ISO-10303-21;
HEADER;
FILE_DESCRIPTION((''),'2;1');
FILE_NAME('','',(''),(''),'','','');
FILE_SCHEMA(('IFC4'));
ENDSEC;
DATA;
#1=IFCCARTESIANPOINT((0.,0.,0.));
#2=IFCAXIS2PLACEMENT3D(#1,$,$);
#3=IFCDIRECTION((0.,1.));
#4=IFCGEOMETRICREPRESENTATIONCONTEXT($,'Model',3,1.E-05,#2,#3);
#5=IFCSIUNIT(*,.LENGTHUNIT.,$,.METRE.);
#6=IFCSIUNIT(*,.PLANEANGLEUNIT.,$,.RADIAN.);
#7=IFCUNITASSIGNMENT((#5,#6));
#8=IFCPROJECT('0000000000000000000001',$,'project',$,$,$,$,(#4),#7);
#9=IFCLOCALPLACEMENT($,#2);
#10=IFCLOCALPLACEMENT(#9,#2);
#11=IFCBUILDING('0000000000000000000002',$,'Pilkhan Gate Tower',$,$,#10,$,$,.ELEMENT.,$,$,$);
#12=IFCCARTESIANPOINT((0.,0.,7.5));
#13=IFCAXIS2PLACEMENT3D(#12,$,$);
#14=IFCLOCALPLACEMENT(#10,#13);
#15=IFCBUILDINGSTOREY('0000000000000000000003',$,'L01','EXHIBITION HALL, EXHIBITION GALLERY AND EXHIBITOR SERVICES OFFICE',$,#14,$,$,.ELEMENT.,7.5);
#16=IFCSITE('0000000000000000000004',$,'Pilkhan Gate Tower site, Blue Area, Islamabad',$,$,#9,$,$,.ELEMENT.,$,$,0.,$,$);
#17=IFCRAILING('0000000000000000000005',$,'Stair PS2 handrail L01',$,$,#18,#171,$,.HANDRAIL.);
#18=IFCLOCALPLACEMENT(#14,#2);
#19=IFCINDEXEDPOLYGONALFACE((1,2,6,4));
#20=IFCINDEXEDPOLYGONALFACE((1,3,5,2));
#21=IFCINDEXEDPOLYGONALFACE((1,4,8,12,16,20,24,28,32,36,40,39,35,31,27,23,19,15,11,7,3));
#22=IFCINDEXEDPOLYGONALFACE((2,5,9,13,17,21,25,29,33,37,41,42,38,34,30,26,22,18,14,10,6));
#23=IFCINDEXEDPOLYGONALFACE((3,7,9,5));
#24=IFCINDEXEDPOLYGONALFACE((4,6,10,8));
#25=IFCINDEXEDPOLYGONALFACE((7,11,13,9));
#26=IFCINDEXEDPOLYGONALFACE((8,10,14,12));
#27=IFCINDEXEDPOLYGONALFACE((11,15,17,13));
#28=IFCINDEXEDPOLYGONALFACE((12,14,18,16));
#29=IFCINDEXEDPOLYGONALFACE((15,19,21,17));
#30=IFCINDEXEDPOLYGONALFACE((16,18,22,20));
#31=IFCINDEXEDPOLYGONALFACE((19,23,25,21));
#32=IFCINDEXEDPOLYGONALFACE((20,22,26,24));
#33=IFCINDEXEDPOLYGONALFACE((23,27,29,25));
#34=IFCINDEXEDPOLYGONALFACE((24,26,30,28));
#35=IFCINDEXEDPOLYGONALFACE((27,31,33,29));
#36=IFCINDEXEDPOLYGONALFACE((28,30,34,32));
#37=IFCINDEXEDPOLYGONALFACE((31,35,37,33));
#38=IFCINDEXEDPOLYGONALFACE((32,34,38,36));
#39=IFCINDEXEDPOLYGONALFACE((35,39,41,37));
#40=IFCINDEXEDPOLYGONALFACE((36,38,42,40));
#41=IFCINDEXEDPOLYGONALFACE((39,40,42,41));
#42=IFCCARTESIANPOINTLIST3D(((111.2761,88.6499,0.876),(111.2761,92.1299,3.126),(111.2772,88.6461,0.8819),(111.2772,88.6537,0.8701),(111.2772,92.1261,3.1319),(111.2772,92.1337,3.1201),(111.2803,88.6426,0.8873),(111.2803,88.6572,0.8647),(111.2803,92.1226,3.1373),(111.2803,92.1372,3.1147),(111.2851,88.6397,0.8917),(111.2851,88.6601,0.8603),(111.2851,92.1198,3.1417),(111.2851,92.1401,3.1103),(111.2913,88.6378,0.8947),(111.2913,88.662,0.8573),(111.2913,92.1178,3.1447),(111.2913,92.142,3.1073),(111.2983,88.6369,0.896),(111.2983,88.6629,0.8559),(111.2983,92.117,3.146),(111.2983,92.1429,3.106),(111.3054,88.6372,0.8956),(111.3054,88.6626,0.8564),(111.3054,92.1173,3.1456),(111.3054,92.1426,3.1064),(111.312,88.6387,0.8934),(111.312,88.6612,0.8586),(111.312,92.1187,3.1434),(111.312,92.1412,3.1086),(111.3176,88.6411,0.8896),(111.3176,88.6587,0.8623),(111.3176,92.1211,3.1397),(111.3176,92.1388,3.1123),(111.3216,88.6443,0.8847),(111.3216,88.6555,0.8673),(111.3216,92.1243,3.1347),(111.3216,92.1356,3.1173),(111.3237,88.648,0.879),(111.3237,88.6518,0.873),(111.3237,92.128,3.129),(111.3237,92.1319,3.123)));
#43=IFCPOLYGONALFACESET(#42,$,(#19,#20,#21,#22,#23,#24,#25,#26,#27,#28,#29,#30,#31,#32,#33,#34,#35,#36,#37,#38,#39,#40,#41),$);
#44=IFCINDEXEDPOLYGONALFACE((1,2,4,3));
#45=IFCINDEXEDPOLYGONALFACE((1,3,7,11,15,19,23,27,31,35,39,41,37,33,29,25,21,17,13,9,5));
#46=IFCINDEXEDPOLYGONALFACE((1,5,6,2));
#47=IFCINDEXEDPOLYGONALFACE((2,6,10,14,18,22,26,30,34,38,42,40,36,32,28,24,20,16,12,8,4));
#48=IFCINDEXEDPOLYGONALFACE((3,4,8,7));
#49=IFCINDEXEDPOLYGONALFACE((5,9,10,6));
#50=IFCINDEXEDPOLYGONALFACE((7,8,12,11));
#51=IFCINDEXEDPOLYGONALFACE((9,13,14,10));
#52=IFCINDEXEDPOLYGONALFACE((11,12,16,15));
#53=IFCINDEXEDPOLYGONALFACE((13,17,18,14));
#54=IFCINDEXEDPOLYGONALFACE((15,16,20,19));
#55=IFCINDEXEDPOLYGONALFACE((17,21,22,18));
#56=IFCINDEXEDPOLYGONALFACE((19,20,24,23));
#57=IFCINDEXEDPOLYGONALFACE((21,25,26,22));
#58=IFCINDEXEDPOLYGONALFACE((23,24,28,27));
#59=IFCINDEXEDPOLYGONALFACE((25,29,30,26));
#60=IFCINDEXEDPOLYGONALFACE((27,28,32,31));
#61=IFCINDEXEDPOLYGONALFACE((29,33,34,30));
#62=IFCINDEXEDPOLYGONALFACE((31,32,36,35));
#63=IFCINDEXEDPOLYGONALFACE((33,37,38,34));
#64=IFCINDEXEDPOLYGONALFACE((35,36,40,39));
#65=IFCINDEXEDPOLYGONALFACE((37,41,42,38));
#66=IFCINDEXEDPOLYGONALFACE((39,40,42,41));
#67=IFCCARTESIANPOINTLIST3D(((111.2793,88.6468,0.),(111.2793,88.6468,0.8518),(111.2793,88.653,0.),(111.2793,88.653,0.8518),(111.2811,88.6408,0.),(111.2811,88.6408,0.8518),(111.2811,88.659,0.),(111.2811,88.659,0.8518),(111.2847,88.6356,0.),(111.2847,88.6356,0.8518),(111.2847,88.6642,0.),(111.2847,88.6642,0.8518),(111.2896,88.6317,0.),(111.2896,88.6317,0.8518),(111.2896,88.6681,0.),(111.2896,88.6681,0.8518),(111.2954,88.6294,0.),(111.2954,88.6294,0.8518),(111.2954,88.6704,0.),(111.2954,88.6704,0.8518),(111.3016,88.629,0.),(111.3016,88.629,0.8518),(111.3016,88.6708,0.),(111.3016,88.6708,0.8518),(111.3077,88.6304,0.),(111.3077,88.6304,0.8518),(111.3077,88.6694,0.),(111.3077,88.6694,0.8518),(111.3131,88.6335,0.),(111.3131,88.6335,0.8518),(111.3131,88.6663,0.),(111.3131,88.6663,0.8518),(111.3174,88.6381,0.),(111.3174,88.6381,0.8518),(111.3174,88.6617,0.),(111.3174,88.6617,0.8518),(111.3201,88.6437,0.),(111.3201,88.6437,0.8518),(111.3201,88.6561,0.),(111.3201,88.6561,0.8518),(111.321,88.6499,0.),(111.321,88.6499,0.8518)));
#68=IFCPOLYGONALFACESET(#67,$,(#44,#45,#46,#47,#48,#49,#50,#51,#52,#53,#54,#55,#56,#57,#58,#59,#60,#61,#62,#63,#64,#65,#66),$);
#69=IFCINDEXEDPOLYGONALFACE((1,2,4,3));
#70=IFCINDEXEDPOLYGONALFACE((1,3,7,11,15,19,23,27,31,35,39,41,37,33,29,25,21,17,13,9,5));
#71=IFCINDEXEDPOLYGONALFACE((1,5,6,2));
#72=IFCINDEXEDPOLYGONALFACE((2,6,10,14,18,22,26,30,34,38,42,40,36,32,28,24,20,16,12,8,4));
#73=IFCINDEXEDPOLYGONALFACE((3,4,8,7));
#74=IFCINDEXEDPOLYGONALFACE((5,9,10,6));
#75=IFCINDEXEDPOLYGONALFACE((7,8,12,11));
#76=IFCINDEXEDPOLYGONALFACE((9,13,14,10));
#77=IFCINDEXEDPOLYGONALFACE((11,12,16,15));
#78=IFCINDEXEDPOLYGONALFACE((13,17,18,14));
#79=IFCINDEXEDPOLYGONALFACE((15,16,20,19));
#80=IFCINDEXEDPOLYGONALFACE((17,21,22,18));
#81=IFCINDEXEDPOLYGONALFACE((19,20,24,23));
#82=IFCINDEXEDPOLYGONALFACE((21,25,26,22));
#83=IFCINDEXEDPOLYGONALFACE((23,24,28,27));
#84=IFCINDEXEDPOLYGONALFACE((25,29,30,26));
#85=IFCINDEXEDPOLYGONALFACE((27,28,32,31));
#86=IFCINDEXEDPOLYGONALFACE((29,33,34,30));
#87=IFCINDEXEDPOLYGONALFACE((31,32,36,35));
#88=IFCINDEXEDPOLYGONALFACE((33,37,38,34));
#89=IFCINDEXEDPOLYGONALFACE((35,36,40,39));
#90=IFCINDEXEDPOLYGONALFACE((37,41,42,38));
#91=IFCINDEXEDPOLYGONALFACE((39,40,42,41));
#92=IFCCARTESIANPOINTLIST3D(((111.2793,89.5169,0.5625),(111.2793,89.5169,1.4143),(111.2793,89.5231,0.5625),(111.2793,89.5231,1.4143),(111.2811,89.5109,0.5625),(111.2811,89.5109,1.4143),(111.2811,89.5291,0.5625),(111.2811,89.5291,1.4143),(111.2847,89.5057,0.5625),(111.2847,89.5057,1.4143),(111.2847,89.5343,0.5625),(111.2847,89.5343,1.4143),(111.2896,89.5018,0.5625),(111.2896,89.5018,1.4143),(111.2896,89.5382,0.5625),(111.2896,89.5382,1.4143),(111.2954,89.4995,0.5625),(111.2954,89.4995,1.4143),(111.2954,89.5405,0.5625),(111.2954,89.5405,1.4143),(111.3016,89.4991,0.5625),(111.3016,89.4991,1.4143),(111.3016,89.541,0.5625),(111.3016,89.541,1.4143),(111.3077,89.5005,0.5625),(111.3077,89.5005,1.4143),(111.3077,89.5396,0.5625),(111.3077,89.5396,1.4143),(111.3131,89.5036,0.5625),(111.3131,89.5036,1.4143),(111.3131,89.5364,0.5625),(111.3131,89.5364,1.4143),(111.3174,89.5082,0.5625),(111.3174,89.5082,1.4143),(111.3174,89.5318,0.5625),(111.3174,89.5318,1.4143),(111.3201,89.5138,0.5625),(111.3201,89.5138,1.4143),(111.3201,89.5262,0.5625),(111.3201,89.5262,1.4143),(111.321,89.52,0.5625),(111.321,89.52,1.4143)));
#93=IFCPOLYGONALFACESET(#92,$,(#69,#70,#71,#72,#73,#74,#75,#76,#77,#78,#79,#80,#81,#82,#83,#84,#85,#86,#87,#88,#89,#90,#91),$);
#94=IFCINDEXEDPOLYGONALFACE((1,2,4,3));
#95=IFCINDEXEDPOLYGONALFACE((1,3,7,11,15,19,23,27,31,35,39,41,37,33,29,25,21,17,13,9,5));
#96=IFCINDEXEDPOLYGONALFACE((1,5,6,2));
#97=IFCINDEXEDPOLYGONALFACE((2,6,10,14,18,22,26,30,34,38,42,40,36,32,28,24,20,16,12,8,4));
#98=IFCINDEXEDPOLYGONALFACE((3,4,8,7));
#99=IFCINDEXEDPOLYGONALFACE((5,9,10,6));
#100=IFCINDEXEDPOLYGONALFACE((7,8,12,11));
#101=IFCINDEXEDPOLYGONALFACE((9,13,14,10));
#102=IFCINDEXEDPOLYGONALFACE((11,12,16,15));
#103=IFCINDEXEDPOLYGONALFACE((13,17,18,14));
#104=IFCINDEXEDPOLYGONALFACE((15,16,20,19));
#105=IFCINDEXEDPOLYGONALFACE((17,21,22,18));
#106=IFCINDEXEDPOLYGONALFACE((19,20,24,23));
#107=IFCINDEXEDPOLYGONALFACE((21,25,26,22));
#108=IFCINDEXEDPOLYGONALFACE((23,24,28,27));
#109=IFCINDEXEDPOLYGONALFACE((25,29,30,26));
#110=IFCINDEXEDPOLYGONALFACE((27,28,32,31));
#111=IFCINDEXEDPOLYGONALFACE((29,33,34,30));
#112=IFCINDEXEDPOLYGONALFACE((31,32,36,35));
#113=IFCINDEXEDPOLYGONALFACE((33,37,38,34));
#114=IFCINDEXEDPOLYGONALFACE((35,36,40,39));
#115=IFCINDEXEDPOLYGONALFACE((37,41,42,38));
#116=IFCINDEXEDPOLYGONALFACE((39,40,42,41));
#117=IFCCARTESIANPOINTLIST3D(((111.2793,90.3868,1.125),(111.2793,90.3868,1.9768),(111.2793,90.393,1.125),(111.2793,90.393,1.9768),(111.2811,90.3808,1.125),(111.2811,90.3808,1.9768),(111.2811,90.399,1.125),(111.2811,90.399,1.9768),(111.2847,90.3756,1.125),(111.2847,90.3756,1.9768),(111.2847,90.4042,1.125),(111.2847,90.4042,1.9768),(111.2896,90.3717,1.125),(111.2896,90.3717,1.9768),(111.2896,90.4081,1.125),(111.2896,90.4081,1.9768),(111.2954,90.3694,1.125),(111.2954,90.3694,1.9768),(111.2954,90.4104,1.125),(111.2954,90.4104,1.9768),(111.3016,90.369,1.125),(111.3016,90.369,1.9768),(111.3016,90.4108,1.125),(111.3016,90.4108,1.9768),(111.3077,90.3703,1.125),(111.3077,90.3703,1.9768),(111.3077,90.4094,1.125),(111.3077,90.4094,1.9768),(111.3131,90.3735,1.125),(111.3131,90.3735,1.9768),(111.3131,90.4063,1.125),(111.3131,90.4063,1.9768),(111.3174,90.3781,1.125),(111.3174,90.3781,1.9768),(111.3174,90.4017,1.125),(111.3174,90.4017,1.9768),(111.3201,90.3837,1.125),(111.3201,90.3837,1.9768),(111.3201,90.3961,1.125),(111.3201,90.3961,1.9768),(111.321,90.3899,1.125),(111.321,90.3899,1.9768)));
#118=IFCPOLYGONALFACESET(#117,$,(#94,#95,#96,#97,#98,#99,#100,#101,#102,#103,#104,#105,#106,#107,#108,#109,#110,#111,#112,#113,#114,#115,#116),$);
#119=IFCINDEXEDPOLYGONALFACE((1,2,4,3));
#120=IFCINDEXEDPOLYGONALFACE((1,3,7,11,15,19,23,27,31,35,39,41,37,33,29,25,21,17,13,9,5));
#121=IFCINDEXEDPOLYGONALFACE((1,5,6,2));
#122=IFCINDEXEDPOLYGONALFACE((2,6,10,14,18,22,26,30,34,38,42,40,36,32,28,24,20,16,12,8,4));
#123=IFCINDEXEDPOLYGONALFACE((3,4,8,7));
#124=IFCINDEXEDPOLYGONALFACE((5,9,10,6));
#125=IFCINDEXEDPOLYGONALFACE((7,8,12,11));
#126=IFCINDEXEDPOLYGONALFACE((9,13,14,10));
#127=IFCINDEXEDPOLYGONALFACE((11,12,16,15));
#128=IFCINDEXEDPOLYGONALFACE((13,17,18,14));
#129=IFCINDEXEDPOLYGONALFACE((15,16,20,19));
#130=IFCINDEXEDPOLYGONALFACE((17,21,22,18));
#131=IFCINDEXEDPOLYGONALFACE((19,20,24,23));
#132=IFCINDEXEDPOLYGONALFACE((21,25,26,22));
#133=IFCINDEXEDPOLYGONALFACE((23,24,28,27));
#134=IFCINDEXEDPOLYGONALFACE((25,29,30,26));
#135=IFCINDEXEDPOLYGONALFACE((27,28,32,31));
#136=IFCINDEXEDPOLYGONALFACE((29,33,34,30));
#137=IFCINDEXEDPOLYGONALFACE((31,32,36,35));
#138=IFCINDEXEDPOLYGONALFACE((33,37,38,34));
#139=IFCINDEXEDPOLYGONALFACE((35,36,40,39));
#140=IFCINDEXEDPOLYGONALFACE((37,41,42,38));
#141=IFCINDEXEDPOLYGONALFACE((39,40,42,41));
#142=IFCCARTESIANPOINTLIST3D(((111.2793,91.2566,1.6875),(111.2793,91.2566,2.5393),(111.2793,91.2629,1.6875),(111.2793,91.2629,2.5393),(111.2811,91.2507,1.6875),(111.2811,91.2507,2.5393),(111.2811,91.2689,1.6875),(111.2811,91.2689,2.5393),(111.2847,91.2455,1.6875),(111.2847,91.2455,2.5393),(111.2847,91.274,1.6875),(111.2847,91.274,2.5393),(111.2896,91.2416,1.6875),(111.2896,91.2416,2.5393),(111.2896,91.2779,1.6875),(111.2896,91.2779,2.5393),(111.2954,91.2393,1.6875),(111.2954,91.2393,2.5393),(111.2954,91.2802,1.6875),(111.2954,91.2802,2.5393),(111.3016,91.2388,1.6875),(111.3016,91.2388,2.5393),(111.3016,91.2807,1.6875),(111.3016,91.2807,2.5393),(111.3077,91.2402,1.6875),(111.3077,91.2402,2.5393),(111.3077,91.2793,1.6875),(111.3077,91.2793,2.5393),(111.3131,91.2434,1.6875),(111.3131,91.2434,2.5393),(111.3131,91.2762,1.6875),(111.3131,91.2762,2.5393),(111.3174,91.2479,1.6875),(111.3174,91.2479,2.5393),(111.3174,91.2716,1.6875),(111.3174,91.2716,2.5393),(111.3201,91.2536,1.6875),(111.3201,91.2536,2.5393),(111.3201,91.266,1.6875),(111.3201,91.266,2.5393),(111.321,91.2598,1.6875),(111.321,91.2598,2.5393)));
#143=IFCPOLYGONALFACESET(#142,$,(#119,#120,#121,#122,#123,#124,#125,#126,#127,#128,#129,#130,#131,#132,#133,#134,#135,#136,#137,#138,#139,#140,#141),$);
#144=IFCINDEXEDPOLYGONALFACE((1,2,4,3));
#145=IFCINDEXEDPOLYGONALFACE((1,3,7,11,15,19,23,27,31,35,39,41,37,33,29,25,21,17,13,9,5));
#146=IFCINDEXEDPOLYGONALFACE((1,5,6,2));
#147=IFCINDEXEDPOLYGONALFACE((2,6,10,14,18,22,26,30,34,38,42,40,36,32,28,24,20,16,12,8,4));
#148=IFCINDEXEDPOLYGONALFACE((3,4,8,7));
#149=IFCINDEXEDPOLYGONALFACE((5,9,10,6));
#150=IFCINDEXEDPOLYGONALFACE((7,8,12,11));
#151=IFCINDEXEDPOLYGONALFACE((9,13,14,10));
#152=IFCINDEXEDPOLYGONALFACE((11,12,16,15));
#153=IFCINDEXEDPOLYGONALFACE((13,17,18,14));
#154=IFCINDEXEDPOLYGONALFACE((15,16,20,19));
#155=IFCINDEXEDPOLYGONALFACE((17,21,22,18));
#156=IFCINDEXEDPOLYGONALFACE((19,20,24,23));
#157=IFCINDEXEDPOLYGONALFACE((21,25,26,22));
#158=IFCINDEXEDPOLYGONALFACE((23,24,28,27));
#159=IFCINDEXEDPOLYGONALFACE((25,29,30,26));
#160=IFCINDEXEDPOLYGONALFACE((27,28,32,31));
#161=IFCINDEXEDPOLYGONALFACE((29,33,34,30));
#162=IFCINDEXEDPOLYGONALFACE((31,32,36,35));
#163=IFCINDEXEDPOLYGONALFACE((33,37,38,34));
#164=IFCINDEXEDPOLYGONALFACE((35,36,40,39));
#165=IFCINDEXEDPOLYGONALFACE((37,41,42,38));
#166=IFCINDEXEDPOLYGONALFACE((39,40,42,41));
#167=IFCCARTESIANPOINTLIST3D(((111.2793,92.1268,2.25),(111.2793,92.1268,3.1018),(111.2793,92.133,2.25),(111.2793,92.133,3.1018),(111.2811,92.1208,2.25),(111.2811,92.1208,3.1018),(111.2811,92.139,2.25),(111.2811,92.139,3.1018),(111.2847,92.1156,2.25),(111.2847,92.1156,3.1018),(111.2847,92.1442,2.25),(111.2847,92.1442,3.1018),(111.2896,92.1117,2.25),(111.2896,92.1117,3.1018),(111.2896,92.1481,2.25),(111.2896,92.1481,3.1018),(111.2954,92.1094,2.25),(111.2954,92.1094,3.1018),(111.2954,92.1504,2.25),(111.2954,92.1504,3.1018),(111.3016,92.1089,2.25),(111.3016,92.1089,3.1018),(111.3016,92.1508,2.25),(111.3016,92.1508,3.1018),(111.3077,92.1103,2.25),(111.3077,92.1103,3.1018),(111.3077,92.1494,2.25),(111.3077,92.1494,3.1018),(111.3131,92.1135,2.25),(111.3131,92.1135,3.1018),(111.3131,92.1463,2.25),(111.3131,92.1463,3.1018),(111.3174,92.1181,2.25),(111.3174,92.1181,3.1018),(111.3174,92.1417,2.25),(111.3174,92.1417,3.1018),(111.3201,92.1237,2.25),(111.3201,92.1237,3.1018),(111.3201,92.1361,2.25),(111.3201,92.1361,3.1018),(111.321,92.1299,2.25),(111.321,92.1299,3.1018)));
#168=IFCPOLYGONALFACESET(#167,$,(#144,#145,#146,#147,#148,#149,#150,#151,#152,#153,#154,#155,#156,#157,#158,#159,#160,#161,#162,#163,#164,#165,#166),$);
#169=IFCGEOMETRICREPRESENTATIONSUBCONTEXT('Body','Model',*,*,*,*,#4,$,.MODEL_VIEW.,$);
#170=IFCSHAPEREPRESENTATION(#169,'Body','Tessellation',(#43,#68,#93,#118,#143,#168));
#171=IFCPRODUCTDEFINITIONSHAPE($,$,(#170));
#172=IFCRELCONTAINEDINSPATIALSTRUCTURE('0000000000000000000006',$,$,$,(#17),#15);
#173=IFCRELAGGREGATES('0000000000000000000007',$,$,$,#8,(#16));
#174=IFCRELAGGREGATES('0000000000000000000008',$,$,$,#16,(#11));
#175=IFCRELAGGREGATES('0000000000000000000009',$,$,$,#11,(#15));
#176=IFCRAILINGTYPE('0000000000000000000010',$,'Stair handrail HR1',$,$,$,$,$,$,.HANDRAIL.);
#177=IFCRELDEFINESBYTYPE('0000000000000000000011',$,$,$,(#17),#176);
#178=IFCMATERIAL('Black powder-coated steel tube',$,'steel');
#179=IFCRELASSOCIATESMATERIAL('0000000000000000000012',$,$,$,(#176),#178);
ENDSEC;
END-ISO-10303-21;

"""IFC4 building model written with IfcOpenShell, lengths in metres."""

from ifc_helpers import new_model, si_unit, direction, frame, origin, origin_2d, place, context, subcontext, project, spatial, circle, extrude, material, type_object, element, save


model = new_model("IFC4")

# Units and contexts
model_context = context("Model", 3, precision=1e-05, world=origin(), true_north=direction((0.0, 1.0)))
body_context = subcontext(model_context, "Body", "Model", "MODEL_VIEW")
ifc_project = project(units=[si_unit("LENGTHUNIT", "METRE"), si_unit("PLANEANGLEUNIT", "RADIAN")], contexts=[model_context])

# Site, building, storey
site_placement = place(None, origin())
site = spatial("IfcSite", under=ifc_project, at=site_placement, Name="Pilkhan Gate Tower site, Blue Area, Islamabad", CompositionType="ELEMENT", RefElevation=0.0)
building_placement = place(site_placement, origin())
building = spatial("IfcBuilding", under=site, at=building_placement, Name="Pilkhan Gate Tower", CompositionType="ELEMENT")
storey_placement = place(building_placement, frame((0.0, 0.0, 7.5)))
storey = spatial("IfcBuildingStorey", under=building, at=storey_placement, Name="L01", Description="EXHIBITION HALL, EXHIBITION GALLERY AND EXHIBITOR SERVICES OFFICE", CompositionType="ELEMENT", Elevation=7.5)

# Railing
ifc_material_1 = material(Name="Black powder-coated steel tube", Category="steel")
railing_type_1 = type_object("IfcRailingType", Name="Stair handrail HR1", PredefinedType="HANDRAIL", material=ifc_material_1)
railing_1_placement = place(storey_placement, frame((111.3, 88.6499, 0.0)))
element("IfcRailing", 1, at=railing_1_placement, inside=storey, type_object=railing_type_1, Name="Stair PS2 handrail L01", PredefinedType="HANDRAIL", context=body_context, shape_type="SweptSolid", body=[
    extrude(circle(Radius=0.0239, at=origin_2d()), frame((0.0, 0.0, 0.876), z_axis=(0.0, 0.839763, 0.542953), x_axis=(-1.0, 0.0, 0.0)), (0.0, 0.0, 1.0), 4.144),
    extrude(circle(Radius=0.021, at=origin_2d()), origin(), (0.0, 0.0, 1.0), 0.8518),
    extrude(circle(Radius=0.021, at=origin_2d()), frame((0.0, 0.8701, 0.5625)), (0.0, 0.0, 1.0), 0.8518),
    extrude(circle(Radius=0.021, at=origin_2d()), frame((0.0, 1.74, 1.125)), (0.0, 0.0, 1.0), 0.8518),
    extrude(circle(Radius=0.021, at=origin_2d()), frame((0.0, 2.6099, 1.6875)), (0.0, 0.0, 1.0), 0.8518),
    extrude(circle(Radius=0.021, at=origin_2d()), frame((0.0, 3.48, 2.25)), (0.0, 0.0, 1.0), 0.8518),
])

save(model, "model.ifc")
